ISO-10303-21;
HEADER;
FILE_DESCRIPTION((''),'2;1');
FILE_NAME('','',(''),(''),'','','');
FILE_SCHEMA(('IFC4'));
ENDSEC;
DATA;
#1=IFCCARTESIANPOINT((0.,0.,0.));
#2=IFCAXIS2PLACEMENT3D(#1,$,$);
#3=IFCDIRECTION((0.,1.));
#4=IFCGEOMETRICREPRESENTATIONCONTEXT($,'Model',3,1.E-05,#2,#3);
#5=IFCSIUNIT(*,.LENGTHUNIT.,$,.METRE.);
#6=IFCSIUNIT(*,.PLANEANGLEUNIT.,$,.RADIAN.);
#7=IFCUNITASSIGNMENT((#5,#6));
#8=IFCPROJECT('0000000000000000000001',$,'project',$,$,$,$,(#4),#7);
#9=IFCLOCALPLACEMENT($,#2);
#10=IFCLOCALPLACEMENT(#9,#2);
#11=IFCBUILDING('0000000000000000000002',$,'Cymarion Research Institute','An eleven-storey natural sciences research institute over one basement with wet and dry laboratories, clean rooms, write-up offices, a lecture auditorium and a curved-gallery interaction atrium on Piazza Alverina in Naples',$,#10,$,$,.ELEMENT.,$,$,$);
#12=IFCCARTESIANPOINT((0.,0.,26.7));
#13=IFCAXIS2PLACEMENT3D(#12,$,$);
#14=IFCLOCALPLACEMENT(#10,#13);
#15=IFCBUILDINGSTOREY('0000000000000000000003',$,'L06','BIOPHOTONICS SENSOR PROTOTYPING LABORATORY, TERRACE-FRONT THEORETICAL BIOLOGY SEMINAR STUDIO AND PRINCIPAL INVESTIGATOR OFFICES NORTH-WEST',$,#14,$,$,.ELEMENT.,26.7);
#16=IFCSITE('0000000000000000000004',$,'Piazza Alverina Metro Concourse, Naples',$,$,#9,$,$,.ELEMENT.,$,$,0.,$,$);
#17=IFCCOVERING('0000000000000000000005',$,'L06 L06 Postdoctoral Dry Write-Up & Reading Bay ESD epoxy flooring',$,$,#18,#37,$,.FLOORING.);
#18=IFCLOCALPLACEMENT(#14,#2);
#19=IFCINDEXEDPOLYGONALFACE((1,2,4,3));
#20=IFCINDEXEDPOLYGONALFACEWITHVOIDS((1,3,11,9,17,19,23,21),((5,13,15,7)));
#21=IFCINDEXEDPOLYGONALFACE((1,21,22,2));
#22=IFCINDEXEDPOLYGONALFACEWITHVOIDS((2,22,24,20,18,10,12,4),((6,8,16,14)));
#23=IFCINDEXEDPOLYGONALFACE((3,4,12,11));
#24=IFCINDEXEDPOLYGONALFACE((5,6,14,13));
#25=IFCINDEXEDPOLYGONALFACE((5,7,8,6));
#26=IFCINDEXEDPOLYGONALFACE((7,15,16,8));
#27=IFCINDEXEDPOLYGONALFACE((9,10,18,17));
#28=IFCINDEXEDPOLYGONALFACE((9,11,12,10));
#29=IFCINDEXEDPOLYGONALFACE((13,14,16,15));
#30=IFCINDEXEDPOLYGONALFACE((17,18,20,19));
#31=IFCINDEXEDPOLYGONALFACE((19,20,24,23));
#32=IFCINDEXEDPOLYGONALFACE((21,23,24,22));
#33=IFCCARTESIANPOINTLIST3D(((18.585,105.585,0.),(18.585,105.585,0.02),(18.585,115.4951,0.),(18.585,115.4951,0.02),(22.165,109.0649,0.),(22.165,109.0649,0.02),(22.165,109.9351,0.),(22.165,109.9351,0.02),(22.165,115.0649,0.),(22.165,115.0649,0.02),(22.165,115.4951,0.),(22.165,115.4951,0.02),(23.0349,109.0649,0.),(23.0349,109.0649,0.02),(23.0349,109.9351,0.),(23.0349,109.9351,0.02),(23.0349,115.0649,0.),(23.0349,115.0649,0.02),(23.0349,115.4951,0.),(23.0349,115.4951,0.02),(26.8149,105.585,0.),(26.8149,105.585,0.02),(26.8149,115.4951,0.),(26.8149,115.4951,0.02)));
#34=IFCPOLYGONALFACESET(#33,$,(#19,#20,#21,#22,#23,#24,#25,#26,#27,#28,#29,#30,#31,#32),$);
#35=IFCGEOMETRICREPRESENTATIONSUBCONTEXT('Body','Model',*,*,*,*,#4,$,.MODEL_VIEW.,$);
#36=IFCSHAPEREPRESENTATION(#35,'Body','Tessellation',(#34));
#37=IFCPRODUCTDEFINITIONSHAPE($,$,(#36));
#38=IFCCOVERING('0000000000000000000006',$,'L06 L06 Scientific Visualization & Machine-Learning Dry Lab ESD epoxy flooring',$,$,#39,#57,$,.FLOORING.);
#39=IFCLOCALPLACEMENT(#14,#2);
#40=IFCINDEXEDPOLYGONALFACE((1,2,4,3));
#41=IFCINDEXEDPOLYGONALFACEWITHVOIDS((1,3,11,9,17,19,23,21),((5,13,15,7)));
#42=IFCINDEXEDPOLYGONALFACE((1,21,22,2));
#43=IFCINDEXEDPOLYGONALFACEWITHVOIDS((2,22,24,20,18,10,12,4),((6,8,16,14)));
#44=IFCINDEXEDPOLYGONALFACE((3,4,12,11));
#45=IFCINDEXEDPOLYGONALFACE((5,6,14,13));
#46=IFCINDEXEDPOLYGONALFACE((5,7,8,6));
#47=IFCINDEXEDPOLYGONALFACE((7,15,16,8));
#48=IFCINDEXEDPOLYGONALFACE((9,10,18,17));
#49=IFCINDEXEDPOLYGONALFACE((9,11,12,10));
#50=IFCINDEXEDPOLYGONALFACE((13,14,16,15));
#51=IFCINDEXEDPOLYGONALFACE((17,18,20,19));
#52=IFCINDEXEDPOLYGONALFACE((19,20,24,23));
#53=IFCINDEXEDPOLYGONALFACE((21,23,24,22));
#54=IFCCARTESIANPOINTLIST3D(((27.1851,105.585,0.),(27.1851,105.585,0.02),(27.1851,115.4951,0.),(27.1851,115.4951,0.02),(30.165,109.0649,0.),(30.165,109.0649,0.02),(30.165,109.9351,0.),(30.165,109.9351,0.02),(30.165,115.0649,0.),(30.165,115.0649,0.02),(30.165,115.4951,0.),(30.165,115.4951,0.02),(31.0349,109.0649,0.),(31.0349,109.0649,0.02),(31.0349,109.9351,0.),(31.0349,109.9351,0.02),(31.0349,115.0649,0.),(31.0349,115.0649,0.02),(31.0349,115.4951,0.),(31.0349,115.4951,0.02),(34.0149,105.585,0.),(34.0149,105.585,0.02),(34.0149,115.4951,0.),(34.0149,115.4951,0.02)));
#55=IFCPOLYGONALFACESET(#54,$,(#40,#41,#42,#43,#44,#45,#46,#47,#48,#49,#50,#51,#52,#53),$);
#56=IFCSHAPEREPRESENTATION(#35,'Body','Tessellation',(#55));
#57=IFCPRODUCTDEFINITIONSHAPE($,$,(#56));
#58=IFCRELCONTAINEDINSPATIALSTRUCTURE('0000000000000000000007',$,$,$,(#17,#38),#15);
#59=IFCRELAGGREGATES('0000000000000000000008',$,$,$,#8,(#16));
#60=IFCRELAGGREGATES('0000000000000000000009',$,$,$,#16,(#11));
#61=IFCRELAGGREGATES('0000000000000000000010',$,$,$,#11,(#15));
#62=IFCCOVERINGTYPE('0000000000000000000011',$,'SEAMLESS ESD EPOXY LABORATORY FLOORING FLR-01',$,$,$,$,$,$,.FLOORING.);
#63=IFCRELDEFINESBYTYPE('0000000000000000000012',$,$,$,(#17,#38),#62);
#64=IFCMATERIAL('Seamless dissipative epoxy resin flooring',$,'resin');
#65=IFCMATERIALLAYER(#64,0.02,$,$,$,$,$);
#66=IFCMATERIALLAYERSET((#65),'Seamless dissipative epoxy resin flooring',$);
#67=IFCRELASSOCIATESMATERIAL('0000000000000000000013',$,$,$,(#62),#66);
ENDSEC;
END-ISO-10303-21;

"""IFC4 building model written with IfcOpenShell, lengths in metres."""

from ifc_helpers import new_model, si_unit, direction, frame, origin, place, context, subcontext, project, spatial, polyline, outline, extrude, material, layer, layer_set, type_object, element, save


model = new_model("IFC4")

# Units and contexts
model_context = context("Model", 3, precision=1e-05, world=origin(), true_north=direction((0.0, 1.0)))
body_context = subcontext(model_context, "Body", "Model", "MODEL_VIEW")
ifc_project = project(units=[si_unit("LENGTHUNIT", "METRE"), si_unit("PLANEANGLEUNIT", "RADIAN")], contexts=[model_context])

# Site, building, storey
site_placement = place(None, origin())
site = spatial("IfcSite", under=ifc_project, at=site_placement, Name="Piazza Alverina Metro Concourse, Naples", CompositionType="ELEMENT", RefElevation=0.0)
building_placement = place(site_placement, origin())
building = spatial("IfcBuilding", under=site, at=building_placement, Name="Cymarion Research Institute", Description="An eleven-storey natural sciences research institute over one basement with wet and dry laboratories, clean rooms, write-up offices, a lecture auditorium and a curved-gallery interaction atrium on Piazza Alverina in Naples", CompositionType="ELEMENT")
storey_placement = place(building_placement, frame((0.0, 0.0, 26.7)))
storey = spatial("IfcBuildingStorey", under=building, at=storey_placement, Name="L06", Description="BIOPHOTONICS SENSOR PROTOTYPING LABORATORY, TERRACE-FRONT THEORETICAL BIOLOGY SEMINAR STUDIO AND PRINCIPAL INVESTIGATOR OFFICES NORTH-WEST", CompositionType="ELEMENT", Elevation=26.7)

# Coverings
ifc_material_1 = material(Name="Seamless dissipative epoxy resin flooring", Category="resin")
ifc_layer_1 = layer(ifc_material_1, 0.02)
ifc_layer_set_1 = layer_set([ifc_layer_1], Name="Seamless dissipative epoxy resin flooring")
covering_type_1 = type_object("IfcCoveringType", Name="SEAMLESS ESD EPOXY LABORATORY FLOORING FLR-01", PredefinedType="FLOORING", material=ifc_layer_set_1)
covering_1_placement = place(storey_placement, origin())
element("IfcCovering", 1, at=covering_1_placement, inside=storey, type_object=covering_type_1, Name="L06 L06 Postdoctoral Dry Write-Up & Reading Bay ESD epoxy flooring", PredefinedType="FLOORING", context=body_context, shape_type="SweptSolid", body=[
    extrude(outline(polyline([(18.585, 105.585), (18.585, 115.4951), (22.165, 115.4951), (22.165, 115.0649), (23.0349, 115.0649), (23.0349, 115.4951), (26.8149, 115.4951), (26.8149, 105.585), (18.585, 105.585)]), holes=[polyline([(22.165, 109.0649), (23.0349, 109.0649), (23.0349, 109.9351), (22.165, 109.9351), (22.165, 109.0649)])]), origin(), (0.0, 0.0, 1.0), 0.02),
])
covering_2_placement = place(storey_placement, origin())
element("IfcCovering", 2, at=covering_2_placement, inside=storey, type_object=covering_type_1, Name="L06 L06 Scientific Visualization & Machine-Learning Dry Lab ESD epoxy flooring", PredefinedType="FLOORING", context=body_context, shape_type="SweptSolid", body=[
    extrude(outline(polyline([(27.1851, 105.585), (27.1851, 115.4951), (30.165, 115.4951), (30.165, 115.0649), (31.0349, 115.0649), (31.0349, 115.4951), (34.0149, 115.4951), (34.0149, 105.585), (27.1851, 105.585)]), holes=[polyline([(30.165, 109.9351), (30.165, 109.0649), (31.0349, 109.0649), (31.0349, 109.9351), (30.165, 109.9351)])]), origin(), (0.0, 0.0, 1.0), 0.02),
])

save(model, "model.ifc")
